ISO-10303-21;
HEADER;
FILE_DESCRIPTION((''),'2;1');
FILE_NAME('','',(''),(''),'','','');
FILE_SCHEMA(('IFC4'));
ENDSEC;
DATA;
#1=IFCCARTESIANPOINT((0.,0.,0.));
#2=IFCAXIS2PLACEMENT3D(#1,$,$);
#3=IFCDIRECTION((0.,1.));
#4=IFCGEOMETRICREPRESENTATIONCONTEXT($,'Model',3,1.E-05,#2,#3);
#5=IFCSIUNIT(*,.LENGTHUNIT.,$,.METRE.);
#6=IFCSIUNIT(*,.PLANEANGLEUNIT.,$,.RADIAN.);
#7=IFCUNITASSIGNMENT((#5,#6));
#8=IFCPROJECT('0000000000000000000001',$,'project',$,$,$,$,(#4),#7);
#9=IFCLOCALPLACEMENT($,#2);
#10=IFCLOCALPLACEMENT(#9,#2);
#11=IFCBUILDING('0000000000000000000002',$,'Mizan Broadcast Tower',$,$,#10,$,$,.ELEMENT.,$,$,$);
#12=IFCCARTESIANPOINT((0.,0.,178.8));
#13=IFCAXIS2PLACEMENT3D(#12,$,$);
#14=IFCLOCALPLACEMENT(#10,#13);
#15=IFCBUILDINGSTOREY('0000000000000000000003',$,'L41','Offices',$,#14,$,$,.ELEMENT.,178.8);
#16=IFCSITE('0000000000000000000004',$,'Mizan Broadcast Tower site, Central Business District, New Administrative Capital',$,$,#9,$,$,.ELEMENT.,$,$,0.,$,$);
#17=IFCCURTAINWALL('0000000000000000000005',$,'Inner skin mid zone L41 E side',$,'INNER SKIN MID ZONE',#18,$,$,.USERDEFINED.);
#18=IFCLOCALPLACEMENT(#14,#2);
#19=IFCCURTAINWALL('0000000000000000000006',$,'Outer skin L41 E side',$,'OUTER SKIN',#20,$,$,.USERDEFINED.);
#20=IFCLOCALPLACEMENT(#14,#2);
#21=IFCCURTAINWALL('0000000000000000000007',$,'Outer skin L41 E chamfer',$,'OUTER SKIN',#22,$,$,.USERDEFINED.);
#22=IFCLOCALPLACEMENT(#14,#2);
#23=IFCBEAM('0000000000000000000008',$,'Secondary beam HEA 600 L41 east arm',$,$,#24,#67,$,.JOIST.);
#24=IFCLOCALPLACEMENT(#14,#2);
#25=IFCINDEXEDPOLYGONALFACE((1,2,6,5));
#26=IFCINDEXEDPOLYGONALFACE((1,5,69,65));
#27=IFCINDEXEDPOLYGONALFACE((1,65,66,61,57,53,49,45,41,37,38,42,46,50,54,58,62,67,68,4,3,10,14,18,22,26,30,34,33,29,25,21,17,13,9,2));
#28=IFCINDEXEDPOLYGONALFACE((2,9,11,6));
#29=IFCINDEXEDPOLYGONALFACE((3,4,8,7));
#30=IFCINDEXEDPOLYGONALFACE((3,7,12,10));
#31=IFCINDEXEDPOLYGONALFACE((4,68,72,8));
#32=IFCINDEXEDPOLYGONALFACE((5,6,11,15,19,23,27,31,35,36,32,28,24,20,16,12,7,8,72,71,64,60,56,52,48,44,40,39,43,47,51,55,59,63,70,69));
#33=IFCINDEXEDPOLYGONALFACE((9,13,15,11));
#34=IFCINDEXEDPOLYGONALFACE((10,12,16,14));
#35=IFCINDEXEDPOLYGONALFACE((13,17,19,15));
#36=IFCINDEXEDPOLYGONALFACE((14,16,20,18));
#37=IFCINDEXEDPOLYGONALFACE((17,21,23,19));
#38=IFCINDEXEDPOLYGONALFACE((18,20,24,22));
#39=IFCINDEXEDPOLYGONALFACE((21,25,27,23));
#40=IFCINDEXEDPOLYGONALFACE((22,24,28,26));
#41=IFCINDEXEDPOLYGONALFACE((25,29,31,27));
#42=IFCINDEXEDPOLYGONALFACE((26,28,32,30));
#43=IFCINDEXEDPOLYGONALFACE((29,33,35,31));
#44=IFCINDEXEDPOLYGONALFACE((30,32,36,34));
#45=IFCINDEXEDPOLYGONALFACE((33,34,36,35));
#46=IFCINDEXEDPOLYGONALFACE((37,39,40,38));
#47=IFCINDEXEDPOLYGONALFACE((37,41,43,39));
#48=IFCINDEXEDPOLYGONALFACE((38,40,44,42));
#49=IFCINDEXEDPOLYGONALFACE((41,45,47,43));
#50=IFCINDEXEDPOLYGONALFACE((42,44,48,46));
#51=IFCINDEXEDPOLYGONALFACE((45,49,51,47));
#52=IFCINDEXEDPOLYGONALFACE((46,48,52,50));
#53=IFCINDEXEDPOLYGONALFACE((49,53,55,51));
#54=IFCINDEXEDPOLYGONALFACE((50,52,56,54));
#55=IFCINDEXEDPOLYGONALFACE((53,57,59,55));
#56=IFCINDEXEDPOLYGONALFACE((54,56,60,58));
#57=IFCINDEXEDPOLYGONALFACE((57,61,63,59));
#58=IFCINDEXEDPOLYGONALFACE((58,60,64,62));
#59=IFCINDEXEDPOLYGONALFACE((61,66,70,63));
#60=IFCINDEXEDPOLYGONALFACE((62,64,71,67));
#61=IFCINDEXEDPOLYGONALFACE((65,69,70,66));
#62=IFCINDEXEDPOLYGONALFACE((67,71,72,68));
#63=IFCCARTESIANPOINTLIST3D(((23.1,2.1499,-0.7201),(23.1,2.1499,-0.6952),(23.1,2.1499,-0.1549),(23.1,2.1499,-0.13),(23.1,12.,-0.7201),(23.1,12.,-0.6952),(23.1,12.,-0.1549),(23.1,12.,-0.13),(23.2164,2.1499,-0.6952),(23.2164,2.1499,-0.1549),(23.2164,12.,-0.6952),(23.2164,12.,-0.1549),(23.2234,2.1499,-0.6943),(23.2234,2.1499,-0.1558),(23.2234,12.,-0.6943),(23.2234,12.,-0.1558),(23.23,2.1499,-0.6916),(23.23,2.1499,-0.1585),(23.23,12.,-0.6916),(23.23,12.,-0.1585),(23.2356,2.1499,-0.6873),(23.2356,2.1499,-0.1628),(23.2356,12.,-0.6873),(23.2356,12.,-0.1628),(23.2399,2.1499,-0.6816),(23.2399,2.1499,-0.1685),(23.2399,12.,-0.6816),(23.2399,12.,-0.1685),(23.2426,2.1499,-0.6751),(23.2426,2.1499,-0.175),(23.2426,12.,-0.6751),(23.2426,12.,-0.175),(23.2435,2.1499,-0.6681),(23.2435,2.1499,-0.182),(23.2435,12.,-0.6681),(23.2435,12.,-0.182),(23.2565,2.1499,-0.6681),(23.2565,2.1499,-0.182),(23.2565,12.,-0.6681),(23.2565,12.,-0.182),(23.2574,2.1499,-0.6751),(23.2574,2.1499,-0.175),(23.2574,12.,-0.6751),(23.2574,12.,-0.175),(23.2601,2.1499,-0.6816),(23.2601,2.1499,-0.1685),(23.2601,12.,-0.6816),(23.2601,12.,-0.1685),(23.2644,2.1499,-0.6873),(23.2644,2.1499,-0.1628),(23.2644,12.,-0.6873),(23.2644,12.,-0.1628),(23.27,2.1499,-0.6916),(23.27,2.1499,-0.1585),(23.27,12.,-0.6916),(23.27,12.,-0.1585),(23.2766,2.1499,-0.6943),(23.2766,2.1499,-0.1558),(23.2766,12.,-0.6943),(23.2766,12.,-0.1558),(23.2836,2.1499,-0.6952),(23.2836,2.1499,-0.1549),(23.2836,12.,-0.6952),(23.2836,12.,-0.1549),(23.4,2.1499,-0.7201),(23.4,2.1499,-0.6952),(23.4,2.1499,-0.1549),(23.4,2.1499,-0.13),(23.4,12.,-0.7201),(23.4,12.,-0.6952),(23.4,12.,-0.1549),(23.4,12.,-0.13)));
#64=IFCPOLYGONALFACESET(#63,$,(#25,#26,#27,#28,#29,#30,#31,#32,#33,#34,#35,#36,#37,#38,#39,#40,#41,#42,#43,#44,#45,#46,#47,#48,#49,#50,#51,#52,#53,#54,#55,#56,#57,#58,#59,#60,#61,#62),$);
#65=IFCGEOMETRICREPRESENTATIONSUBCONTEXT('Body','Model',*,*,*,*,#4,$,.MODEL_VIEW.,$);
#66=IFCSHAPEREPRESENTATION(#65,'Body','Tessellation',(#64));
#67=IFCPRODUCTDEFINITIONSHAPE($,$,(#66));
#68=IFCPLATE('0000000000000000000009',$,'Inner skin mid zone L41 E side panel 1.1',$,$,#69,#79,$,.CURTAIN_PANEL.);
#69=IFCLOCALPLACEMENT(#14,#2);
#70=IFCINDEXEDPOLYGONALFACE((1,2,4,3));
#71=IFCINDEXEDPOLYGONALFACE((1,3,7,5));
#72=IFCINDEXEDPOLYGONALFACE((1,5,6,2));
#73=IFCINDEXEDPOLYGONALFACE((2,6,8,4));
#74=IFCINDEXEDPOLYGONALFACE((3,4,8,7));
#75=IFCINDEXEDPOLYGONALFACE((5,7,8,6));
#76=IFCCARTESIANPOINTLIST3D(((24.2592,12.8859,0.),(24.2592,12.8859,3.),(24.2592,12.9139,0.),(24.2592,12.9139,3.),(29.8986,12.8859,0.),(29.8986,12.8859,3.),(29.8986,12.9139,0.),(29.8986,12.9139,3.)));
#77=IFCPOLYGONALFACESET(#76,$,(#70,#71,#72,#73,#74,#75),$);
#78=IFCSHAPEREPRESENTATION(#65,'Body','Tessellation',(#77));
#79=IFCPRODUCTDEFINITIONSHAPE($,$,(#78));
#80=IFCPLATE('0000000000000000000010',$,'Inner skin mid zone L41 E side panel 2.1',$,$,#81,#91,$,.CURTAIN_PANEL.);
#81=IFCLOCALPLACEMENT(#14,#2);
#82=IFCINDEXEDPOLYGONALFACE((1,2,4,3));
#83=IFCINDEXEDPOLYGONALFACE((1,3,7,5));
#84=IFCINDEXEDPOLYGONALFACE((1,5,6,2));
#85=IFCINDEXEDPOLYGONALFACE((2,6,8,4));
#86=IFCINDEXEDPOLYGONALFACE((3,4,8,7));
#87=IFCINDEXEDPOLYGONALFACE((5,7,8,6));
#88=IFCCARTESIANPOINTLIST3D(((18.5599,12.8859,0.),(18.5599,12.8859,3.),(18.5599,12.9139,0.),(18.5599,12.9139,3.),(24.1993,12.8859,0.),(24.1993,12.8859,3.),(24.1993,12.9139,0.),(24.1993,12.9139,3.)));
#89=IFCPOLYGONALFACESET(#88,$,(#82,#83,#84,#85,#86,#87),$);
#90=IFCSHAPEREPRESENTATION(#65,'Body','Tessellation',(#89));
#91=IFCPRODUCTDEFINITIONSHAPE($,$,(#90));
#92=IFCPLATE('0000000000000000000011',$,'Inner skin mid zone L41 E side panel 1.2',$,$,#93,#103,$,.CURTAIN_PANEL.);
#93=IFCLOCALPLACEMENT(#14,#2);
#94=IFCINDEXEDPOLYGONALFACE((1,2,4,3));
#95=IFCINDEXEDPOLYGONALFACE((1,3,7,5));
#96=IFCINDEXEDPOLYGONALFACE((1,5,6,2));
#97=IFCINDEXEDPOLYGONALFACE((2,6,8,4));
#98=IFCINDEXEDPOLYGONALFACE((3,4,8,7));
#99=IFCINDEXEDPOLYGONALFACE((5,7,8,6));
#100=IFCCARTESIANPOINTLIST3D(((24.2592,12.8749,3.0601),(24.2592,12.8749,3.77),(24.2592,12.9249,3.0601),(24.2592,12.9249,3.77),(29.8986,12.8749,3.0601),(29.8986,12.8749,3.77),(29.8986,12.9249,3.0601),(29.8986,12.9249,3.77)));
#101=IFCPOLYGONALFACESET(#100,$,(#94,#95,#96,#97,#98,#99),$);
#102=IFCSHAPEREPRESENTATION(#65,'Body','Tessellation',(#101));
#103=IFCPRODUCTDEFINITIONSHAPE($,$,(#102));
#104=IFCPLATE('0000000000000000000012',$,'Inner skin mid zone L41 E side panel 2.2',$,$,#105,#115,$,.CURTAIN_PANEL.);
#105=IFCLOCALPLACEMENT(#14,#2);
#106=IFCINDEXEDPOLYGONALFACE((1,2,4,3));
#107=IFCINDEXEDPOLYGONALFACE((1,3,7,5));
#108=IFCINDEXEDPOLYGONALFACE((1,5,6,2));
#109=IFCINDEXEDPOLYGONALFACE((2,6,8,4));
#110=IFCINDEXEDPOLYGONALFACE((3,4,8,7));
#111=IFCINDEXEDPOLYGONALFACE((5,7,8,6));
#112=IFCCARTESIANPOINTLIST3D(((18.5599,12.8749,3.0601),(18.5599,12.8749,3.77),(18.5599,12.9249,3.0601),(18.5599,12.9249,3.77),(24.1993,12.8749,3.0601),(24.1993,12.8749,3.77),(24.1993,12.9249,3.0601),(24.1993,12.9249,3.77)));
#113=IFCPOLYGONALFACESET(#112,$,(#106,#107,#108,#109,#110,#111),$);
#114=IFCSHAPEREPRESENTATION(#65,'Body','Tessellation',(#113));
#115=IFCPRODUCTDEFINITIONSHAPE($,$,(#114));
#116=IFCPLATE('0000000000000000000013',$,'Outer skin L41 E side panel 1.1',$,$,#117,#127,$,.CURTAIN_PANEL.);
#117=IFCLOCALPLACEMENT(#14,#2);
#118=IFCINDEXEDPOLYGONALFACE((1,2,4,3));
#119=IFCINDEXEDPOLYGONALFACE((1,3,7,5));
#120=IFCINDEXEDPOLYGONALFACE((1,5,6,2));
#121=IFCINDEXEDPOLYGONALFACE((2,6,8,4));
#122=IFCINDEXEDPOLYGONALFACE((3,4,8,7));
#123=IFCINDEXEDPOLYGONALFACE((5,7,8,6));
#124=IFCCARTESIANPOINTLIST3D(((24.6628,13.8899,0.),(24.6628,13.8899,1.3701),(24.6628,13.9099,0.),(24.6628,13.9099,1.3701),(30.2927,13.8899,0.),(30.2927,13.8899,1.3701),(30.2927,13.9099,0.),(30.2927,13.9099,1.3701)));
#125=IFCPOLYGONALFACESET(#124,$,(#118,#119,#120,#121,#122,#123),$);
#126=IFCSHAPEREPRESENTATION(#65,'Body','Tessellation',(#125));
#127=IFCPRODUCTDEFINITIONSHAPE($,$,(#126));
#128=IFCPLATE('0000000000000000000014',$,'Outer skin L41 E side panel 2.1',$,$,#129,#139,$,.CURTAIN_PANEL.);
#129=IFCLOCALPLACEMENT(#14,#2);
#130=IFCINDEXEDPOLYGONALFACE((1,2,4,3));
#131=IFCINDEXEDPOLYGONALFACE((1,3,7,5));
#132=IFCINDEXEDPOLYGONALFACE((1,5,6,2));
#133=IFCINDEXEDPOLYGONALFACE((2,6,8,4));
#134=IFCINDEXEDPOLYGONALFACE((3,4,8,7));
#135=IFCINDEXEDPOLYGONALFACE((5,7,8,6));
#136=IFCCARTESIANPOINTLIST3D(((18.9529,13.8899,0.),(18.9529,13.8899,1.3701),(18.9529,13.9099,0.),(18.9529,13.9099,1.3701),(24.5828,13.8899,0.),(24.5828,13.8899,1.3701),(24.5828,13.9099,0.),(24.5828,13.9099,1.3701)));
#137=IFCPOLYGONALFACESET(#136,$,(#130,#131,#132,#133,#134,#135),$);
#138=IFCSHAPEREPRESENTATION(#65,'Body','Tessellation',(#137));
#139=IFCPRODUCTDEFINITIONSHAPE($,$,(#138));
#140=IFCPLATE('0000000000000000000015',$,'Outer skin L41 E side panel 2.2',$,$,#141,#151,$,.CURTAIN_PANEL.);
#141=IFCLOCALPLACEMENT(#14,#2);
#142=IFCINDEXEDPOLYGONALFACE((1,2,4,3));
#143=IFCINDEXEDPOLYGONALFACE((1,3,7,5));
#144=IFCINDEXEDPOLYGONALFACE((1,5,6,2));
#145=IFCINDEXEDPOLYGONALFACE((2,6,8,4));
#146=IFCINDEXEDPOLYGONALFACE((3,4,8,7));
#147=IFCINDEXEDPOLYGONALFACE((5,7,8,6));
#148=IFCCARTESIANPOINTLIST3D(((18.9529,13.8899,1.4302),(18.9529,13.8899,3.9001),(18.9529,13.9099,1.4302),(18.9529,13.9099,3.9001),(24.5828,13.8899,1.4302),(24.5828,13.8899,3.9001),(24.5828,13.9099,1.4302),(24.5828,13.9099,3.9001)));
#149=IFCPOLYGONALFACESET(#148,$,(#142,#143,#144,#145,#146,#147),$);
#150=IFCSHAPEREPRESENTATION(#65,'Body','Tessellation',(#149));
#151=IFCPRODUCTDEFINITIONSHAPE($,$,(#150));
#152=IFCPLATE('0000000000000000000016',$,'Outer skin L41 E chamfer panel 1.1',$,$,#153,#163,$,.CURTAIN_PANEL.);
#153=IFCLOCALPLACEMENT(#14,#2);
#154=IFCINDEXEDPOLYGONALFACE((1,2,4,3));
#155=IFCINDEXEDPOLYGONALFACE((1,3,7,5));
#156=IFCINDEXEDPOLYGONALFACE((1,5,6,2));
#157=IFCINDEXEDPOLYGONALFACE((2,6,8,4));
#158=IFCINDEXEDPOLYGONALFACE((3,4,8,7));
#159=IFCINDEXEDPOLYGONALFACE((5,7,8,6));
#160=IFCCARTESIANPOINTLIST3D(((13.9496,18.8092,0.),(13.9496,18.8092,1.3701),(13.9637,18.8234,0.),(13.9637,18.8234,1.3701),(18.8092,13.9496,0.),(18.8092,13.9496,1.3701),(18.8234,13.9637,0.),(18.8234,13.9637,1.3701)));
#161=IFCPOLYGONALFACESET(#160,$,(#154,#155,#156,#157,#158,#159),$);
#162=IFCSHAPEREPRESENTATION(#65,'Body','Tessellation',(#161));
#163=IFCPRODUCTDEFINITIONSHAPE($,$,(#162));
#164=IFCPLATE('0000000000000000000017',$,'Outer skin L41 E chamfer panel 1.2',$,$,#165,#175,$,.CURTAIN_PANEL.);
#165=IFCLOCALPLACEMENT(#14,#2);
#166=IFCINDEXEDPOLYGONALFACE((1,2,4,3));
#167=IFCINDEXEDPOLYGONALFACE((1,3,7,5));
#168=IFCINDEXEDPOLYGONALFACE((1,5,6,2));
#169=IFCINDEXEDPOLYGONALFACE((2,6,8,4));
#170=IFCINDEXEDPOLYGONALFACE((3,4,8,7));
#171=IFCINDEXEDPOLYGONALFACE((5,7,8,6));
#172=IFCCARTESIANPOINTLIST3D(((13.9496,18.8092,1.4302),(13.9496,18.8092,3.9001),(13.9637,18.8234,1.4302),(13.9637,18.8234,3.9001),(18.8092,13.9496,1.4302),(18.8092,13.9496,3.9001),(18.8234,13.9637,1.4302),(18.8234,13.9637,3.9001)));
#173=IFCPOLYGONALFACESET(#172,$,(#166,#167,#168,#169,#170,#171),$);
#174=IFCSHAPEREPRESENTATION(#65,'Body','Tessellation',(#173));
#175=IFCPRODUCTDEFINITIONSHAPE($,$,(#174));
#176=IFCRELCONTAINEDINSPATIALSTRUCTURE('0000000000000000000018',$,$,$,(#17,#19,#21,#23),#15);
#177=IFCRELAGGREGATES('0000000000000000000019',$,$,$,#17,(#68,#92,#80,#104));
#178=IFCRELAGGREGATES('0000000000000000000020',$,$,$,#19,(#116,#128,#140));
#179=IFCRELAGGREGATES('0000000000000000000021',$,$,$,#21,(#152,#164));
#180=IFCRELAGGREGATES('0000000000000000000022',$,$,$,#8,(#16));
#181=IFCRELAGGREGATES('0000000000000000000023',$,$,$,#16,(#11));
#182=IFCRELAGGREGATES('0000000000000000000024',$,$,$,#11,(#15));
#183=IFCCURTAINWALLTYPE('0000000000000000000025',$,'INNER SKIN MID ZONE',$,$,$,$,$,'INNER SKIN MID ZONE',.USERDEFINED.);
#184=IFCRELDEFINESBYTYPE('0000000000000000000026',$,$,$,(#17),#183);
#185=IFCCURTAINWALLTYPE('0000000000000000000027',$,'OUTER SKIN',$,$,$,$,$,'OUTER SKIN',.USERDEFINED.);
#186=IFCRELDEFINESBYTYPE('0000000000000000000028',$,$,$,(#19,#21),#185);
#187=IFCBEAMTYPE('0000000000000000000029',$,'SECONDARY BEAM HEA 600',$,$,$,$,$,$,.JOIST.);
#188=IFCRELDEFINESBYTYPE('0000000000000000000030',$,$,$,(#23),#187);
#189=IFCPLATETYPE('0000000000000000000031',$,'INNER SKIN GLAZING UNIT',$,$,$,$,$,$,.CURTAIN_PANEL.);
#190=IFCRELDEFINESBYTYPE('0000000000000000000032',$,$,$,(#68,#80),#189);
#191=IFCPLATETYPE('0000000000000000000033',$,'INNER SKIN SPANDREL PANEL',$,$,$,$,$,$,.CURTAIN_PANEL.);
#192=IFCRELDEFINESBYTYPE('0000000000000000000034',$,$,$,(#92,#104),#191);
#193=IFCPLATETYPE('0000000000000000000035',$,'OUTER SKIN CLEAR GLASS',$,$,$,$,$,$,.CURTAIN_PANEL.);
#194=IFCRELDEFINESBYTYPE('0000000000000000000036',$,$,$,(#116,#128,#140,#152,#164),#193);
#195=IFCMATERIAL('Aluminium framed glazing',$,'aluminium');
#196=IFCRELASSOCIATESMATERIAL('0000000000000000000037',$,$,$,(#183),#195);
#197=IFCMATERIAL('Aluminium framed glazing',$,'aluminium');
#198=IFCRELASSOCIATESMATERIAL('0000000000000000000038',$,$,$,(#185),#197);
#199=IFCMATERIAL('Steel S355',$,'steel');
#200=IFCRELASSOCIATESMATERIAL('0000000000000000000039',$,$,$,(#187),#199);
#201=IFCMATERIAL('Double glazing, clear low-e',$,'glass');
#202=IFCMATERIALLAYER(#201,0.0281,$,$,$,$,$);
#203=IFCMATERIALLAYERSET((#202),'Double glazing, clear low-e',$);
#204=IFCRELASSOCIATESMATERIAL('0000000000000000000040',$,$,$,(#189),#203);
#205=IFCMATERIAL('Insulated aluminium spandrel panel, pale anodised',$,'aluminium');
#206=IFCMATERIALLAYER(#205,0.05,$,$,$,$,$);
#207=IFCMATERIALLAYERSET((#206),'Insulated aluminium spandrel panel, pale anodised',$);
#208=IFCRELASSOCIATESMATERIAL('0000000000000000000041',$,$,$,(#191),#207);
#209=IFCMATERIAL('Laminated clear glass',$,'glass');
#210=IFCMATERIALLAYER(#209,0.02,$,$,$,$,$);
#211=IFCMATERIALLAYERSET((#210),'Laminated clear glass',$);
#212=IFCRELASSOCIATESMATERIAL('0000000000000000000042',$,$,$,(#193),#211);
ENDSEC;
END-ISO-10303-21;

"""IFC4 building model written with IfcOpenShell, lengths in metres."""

from ifc_helpers import new_model, si_unit, direction, frame, origin, origin_2d, place, context, subcontext, project, spatial, rectangle, i_section, extrude, material, layer, layer_set, material_profile, profile_set, type_object, element, aggregate, save


model = new_model("IFC4")

# Units and contexts
model_context = context("Model", 3, precision=1e-05, world=origin(), true_north=direction((0.0, 1.0)))
body_context = subcontext(model_context, "Body", "Model", "MODEL_VIEW")
ifc_project = project(units=[si_unit("LENGTHUNIT", "METRE"), si_unit("PLANEANGLEUNIT", "RADIAN")], contexts=[model_context])

# Site, building, storey
site_placement = place(None, origin())
site = spatial("IfcSite", under=ifc_project, at=site_placement, Name="Mizan Broadcast Tower site, Central Business District, New Administrative Capital", CompositionType="ELEMENT", RefElevation=0.0)
building_placement = place(site_placement, origin())
building = spatial("IfcBuilding", under=site, at=building_placement, Name="Mizan Broadcast Tower", CompositionType="ELEMENT")
storey_placement = place(building_placement, frame((0.0, 0.0, 178.8)))
storey = spatial("IfcBuildingStorey", under=building, at=storey_placement, Name="L41", Description="Offices", CompositionType="ELEMENT", Elevation=178.8)

# Curtain walls
ifc_material_1 = material(Name="Aluminium framed glazing", Category="aluminium")
curtain_wall_type_1 = type_object("IfcCurtainWallType", Name="INNER SKIN MID ZONE", ElementType="INNER SKIN MID ZONE", PredefinedType="USERDEFINED", material=ifc_material_1)
curtain_wall_1_placement = place(storey_placement, origin())
curtain_wall_1 = element("IfcCurtainWall", 1, at=curtain_wall_1_placement, inside=storey, type_object=curtain_wall_type_1, Name="Inner skin mid zone L41 E side", ObjectType="INNER SKIN MID ZONE", PredefinedType="USERDEFINED")
ifc_material_2 = material(Name="Aluminium framed glazing", Category="aluminium")
curtain_wall_type_2 = type_object("IfcCurtainWallType", Name="OUTER SKIN", ElementType="OUTER SKIN", PredefinedType="USERDEFINED", material=ifc_material_2)
curtain_wall_2_placement = place(storey_placement, origin())
curtain_wall_2 = element("IfcCurtainWall", 2, at=curtain_wall_2_placement, inside=storey, type_object=curtain_wall_type_2, Name="Outer skin L41 E side", ObjectType="OUTER SKIN", PredefinedType="USERDEFINED")

# Curtain wall
curtain_wall_3_placement = place(storey_placement, origin())
curtain_wall_3 = element("IfcCurtainWall", 3, at=curtain_wall_3_placement, inside=storey, type_object=curtain_wall_type_2, Name="Outer skin L41 E chamfer", ObjectType="OUTER SKIN", PredefinedType="USERDEFINED")

# Beam
ifc_material_3 = material(Name="Steel S355", Category="steel")
ifc_material_profile_1 = material_profile(ifc_material_3, i_section(OverallWidth=0.3, OverallDepth=0.5901, WebThickness=0.0129, FlangeThickness=0.0249, FilletRadius=0.0271, at=origin_2d()), Name="HEA 600")
ifc_profile_set_1 = profile_set([ifc_material_profile_1], Name="Steel S355")
beam_type_1 = type_object("IfcBeamType", Name="SECONDARY BEAM HEA 600", PredefinedType="JOIST", material=ifc_profile_set_1)
for number, where, z_axis, x_axis, name in (
    (4, (23.25, 12.0, -0.425), (0.0, -1.0, 0.0), (1.0, 0.0, 0.0), "Secondary beam HEA 600 L41 east arm"),
):
    element("IfcBeam", number, at=place(storey_placement, frame(where, z_axis=z_axis, x_axis=x_axis)), inside=storey, type_object=beam_type_1, Name=name, PredefinedType="JOIST", context=body_context, shape_type="SweptSolid", body=[
        extrude(i_section(OverallWidth=0.3, OverallDepth=0.5901, WebThickness=0.0129, FlangeThickness=0.0249, FilletRadius=0.0271, at=origin_2d()), origin(), (0.0, 0.0, 1.0), 9.8501),
    ])

# Plates
ifc_material_4 = material(Name="Double glazing, clear low-e", Category="glass")
ifc_layer_1 = layer(ifc_material_4, 0.0281)
ifc_layer_set_1 = layer_set([ifc_layer_1], Name="Double glazing, clear low-e")
plate_type_1 = type_object("IfcPlateType", Name="INNER SKIN GLAZING UNIT", PredefinedType="CURTAIN_PANEL", material=ifc_layer_set_1)
plate_1_placement = place(storey_placement, frame((27.0789, 12.8999, 0.0), z_axis=(0.0, 0.0, 1.0), x_axis=(-1.0, 0.0, 0.0)))
plate_1 = element("IfcPlate", 5, at=plate_1_placement, type_object=plate_type_1, Name="Inner skin mid zone L41 E side panel 1.1", PredefinedType="CURTAIN_PANEL", context=body_context, shape_type="SweptSolid", body=[
    extrude(rectangle(XDim=5.6394, YDim=0.0281, at=origin_2d()), origin(), (0.0, 0.0, 1.0), 3.0),
])
plate_2_placement = place(storey_placement, frame((21.3796, 12.8999, 0.0), z_axis=(0.0, 0.0, 1.0), x_axis=(-1.0, 0.0, 0.0)))
plate_2 = element("IfcPlate", 6, at=plate_2_placement, type_object=plate_type_1, Name="Inner skin mid zone L41 E side panel 2.1", PredefinedType="CURTAIN_PANEL", context=body_context, shape_type="SweptSolid", body=[
    extrude(rectangle(XDim=5.6394, YDim=0.0281, at=origin_2d()), origin(), (0.0, 0.0, 1.0), 3.0),
])
ifc_material_5 = material(Name="Insulated aluminium spandrel panel, pale anodised", Category="aluminium")
ifc_layer_2 = layer(ifc_material_5, 0.05)
ifc_layer_set_2 = layer_set([ifc_layer_2], Name="Insulated aluminium spandrel panel, pale anodised")
plate_type_2 = type_object("IfcPlateType", Name="INNER SKIN SPANDREL PANEL", PredefinedType="CURTAIN_PANEL", material=ifc_layer_set_2)
plate_3_placement = place(storey_placement, frame((27.0789, 12.8999, 3.0601), z_axis=(0.0, 0.0, 1.0), x_axis=(-1.0, 0.0, 0.0)))
plate_3 = element("IfcPlate", 7, at=plate_3_placement, type_object=plate_type_2, Name="Inner skin mid zone L41 E side panel 1.2", PredefinedType="CURTAIN_PANEL", context=body_context, shape_type="SweptSolid", body=[
    extrude(rectangle(XDim=5.6394, YDim=0.05, at=origin_2d()), origin(), (0.0, 0.0, 1.0), 0.71),
])
plate_4_placement = place(storey_placement, frame((21.3796, 12.8999, 3.0601), z_axis=(0.0, 0.0, 1.0), x_axis=(-1.0, 0.0, 0.0)))
plate_4 = element("IfcPlate", 8, at=plate_4_placement, type_object=plate_type_2, Name="Inner skin mid zone L41 E side panel 2.2", PredefinedType="CURTAIN_PANEL", context=body_context, shape_type="SweptSolid", body=[
    extrude(rectangle(XDim=5.6394, YDim=0.05, at=origin_2d()), origin(), (0.0, 0.0, 1.0), 0.71),
])
aggregate(curtain_wall_1, [plate_1, plate_3, plate_2, plate_4])
ifc_material_6 = material(Name="Laminated clear glass", Category="glass")
ifc_layer_3 = layer(ifc_material_6, 0.02)
ifc_layer_set_3 = layer_set([ifc_layer_3], Name="Laminated clear glass")
plate_type_3 = type_object("IfcPlateType", Name="OUTER SKIN CLEAR GLASS", PredefinedType="CURTAIN_PANEL", material=ifc_layer_set_3)
plate_5_placement = place(storey_placement, frame((27.4778, 13.8999, 0.0), z_axis=(0.0, 0.0, 1.0), x_axis=(-1.0, 0.0, 0.0)))
plate_5 = element("IfcPlate", 9, at=plate_5_placement, type_object=plate_type_3, Name="Outer skin L41 E side panel 1.1", PredefinedType="CURTAIN_PANEL", context=body_context, shape_type="SweptSolid", body=[
    extrude(rectangle(XDim=5.6299, YDim=0.02, at=origin_2d()), origin(), (0.0, 0.0, 1.0), 1.3701),
])
plate_6_placement = place(storey_placement, frame((21.7678, 13.8999, 0.0), z_axis=(0.0, 0.0, 1.0), x_axis=(-1.0, 0.0, 0.0)))
plate_6 = element("IfcPlate", 10, at=plate_6_placement, type_object=plate_type_3, Name="Outer skin L41 E side panel 2.1", PredefinedType="CURTAIN_PANEL", context=body_context, shape_type="SweptSolid", body=[
    extrude(rectangle(XDim=5.6299, YDim=0.02, at=origin_2d()), origin(), (0.0, 0.0, 1.0), 1.3701),
])
plate_7_placement = place(storey_placement, frame((21.7678, 13.8999, 1.4302), z_axis=(0.0, 0.0, 1.0), x_axis=(-1.0, 0.0, 0.0)))
plate_7 = element("IfcPlate", 11, at=plate_7_placement, type_object=plate_type_3, Name="Outer skin L41 E side panel 2.2", PredefinedType="CURTAIN_PANEL", context=body_context, shape_type="SweptSolid", body=[
    extrude(rectangle(XDim=5.6299, YDim=0.02, at=origin_2d()), origin(), (0.0, 0.0, 1.0), 2.47),
])
aggregate(curtain_wall_2, [plate_5, plate_6, plate_7])
plate_8_placement = place(storey_placement, frame((16.3865, 16.3865, 0.0), z_axis=(0.0, 0.0, 1.0), x_axis=(-0.707107, 0.707107, 0.0)))
plate_8 = element("IfcPlate", 12, at=plate_8_placement, type_object=plate_type_3, Name="Outer skin L41 E chamfer panel 1.1", PredefinedType="CURTAIN_PANEL", context=body_context, shape_type="SweptSolid", body=[
    extrude(rectangle(XDim=6.8726, YDim=0.02, at=origin_2d()), origin(), (0.0, 0.0, 1.0), 1.3701),
])
plate_9_placement = place(storey_placement, frame((16.3865, 16.3865, 1.4302), z_axis=(0.0, 0.0, 1.0), x_axis=(-0.707107, 0.707107, 0.0)))
plate_9 = element("IfcPlate", 13, at=plate_9_placement, type_object=plate_type_3, Name="Outer skin L41 E chamfer panel 1.2", PredefinedType="CURTAIN_PANEL", context=body_context, shape_type="SweptSolid", body=[
    extrude(rectangle(XDim=6.8726, YDim=0.02, at=origin_2d()), origin(), (0.0, 0.0, 1.0), 2.47),
])
aggregate(curtain_wall_3, [plate_8, plate_9])

save(model, "model.ifc")
